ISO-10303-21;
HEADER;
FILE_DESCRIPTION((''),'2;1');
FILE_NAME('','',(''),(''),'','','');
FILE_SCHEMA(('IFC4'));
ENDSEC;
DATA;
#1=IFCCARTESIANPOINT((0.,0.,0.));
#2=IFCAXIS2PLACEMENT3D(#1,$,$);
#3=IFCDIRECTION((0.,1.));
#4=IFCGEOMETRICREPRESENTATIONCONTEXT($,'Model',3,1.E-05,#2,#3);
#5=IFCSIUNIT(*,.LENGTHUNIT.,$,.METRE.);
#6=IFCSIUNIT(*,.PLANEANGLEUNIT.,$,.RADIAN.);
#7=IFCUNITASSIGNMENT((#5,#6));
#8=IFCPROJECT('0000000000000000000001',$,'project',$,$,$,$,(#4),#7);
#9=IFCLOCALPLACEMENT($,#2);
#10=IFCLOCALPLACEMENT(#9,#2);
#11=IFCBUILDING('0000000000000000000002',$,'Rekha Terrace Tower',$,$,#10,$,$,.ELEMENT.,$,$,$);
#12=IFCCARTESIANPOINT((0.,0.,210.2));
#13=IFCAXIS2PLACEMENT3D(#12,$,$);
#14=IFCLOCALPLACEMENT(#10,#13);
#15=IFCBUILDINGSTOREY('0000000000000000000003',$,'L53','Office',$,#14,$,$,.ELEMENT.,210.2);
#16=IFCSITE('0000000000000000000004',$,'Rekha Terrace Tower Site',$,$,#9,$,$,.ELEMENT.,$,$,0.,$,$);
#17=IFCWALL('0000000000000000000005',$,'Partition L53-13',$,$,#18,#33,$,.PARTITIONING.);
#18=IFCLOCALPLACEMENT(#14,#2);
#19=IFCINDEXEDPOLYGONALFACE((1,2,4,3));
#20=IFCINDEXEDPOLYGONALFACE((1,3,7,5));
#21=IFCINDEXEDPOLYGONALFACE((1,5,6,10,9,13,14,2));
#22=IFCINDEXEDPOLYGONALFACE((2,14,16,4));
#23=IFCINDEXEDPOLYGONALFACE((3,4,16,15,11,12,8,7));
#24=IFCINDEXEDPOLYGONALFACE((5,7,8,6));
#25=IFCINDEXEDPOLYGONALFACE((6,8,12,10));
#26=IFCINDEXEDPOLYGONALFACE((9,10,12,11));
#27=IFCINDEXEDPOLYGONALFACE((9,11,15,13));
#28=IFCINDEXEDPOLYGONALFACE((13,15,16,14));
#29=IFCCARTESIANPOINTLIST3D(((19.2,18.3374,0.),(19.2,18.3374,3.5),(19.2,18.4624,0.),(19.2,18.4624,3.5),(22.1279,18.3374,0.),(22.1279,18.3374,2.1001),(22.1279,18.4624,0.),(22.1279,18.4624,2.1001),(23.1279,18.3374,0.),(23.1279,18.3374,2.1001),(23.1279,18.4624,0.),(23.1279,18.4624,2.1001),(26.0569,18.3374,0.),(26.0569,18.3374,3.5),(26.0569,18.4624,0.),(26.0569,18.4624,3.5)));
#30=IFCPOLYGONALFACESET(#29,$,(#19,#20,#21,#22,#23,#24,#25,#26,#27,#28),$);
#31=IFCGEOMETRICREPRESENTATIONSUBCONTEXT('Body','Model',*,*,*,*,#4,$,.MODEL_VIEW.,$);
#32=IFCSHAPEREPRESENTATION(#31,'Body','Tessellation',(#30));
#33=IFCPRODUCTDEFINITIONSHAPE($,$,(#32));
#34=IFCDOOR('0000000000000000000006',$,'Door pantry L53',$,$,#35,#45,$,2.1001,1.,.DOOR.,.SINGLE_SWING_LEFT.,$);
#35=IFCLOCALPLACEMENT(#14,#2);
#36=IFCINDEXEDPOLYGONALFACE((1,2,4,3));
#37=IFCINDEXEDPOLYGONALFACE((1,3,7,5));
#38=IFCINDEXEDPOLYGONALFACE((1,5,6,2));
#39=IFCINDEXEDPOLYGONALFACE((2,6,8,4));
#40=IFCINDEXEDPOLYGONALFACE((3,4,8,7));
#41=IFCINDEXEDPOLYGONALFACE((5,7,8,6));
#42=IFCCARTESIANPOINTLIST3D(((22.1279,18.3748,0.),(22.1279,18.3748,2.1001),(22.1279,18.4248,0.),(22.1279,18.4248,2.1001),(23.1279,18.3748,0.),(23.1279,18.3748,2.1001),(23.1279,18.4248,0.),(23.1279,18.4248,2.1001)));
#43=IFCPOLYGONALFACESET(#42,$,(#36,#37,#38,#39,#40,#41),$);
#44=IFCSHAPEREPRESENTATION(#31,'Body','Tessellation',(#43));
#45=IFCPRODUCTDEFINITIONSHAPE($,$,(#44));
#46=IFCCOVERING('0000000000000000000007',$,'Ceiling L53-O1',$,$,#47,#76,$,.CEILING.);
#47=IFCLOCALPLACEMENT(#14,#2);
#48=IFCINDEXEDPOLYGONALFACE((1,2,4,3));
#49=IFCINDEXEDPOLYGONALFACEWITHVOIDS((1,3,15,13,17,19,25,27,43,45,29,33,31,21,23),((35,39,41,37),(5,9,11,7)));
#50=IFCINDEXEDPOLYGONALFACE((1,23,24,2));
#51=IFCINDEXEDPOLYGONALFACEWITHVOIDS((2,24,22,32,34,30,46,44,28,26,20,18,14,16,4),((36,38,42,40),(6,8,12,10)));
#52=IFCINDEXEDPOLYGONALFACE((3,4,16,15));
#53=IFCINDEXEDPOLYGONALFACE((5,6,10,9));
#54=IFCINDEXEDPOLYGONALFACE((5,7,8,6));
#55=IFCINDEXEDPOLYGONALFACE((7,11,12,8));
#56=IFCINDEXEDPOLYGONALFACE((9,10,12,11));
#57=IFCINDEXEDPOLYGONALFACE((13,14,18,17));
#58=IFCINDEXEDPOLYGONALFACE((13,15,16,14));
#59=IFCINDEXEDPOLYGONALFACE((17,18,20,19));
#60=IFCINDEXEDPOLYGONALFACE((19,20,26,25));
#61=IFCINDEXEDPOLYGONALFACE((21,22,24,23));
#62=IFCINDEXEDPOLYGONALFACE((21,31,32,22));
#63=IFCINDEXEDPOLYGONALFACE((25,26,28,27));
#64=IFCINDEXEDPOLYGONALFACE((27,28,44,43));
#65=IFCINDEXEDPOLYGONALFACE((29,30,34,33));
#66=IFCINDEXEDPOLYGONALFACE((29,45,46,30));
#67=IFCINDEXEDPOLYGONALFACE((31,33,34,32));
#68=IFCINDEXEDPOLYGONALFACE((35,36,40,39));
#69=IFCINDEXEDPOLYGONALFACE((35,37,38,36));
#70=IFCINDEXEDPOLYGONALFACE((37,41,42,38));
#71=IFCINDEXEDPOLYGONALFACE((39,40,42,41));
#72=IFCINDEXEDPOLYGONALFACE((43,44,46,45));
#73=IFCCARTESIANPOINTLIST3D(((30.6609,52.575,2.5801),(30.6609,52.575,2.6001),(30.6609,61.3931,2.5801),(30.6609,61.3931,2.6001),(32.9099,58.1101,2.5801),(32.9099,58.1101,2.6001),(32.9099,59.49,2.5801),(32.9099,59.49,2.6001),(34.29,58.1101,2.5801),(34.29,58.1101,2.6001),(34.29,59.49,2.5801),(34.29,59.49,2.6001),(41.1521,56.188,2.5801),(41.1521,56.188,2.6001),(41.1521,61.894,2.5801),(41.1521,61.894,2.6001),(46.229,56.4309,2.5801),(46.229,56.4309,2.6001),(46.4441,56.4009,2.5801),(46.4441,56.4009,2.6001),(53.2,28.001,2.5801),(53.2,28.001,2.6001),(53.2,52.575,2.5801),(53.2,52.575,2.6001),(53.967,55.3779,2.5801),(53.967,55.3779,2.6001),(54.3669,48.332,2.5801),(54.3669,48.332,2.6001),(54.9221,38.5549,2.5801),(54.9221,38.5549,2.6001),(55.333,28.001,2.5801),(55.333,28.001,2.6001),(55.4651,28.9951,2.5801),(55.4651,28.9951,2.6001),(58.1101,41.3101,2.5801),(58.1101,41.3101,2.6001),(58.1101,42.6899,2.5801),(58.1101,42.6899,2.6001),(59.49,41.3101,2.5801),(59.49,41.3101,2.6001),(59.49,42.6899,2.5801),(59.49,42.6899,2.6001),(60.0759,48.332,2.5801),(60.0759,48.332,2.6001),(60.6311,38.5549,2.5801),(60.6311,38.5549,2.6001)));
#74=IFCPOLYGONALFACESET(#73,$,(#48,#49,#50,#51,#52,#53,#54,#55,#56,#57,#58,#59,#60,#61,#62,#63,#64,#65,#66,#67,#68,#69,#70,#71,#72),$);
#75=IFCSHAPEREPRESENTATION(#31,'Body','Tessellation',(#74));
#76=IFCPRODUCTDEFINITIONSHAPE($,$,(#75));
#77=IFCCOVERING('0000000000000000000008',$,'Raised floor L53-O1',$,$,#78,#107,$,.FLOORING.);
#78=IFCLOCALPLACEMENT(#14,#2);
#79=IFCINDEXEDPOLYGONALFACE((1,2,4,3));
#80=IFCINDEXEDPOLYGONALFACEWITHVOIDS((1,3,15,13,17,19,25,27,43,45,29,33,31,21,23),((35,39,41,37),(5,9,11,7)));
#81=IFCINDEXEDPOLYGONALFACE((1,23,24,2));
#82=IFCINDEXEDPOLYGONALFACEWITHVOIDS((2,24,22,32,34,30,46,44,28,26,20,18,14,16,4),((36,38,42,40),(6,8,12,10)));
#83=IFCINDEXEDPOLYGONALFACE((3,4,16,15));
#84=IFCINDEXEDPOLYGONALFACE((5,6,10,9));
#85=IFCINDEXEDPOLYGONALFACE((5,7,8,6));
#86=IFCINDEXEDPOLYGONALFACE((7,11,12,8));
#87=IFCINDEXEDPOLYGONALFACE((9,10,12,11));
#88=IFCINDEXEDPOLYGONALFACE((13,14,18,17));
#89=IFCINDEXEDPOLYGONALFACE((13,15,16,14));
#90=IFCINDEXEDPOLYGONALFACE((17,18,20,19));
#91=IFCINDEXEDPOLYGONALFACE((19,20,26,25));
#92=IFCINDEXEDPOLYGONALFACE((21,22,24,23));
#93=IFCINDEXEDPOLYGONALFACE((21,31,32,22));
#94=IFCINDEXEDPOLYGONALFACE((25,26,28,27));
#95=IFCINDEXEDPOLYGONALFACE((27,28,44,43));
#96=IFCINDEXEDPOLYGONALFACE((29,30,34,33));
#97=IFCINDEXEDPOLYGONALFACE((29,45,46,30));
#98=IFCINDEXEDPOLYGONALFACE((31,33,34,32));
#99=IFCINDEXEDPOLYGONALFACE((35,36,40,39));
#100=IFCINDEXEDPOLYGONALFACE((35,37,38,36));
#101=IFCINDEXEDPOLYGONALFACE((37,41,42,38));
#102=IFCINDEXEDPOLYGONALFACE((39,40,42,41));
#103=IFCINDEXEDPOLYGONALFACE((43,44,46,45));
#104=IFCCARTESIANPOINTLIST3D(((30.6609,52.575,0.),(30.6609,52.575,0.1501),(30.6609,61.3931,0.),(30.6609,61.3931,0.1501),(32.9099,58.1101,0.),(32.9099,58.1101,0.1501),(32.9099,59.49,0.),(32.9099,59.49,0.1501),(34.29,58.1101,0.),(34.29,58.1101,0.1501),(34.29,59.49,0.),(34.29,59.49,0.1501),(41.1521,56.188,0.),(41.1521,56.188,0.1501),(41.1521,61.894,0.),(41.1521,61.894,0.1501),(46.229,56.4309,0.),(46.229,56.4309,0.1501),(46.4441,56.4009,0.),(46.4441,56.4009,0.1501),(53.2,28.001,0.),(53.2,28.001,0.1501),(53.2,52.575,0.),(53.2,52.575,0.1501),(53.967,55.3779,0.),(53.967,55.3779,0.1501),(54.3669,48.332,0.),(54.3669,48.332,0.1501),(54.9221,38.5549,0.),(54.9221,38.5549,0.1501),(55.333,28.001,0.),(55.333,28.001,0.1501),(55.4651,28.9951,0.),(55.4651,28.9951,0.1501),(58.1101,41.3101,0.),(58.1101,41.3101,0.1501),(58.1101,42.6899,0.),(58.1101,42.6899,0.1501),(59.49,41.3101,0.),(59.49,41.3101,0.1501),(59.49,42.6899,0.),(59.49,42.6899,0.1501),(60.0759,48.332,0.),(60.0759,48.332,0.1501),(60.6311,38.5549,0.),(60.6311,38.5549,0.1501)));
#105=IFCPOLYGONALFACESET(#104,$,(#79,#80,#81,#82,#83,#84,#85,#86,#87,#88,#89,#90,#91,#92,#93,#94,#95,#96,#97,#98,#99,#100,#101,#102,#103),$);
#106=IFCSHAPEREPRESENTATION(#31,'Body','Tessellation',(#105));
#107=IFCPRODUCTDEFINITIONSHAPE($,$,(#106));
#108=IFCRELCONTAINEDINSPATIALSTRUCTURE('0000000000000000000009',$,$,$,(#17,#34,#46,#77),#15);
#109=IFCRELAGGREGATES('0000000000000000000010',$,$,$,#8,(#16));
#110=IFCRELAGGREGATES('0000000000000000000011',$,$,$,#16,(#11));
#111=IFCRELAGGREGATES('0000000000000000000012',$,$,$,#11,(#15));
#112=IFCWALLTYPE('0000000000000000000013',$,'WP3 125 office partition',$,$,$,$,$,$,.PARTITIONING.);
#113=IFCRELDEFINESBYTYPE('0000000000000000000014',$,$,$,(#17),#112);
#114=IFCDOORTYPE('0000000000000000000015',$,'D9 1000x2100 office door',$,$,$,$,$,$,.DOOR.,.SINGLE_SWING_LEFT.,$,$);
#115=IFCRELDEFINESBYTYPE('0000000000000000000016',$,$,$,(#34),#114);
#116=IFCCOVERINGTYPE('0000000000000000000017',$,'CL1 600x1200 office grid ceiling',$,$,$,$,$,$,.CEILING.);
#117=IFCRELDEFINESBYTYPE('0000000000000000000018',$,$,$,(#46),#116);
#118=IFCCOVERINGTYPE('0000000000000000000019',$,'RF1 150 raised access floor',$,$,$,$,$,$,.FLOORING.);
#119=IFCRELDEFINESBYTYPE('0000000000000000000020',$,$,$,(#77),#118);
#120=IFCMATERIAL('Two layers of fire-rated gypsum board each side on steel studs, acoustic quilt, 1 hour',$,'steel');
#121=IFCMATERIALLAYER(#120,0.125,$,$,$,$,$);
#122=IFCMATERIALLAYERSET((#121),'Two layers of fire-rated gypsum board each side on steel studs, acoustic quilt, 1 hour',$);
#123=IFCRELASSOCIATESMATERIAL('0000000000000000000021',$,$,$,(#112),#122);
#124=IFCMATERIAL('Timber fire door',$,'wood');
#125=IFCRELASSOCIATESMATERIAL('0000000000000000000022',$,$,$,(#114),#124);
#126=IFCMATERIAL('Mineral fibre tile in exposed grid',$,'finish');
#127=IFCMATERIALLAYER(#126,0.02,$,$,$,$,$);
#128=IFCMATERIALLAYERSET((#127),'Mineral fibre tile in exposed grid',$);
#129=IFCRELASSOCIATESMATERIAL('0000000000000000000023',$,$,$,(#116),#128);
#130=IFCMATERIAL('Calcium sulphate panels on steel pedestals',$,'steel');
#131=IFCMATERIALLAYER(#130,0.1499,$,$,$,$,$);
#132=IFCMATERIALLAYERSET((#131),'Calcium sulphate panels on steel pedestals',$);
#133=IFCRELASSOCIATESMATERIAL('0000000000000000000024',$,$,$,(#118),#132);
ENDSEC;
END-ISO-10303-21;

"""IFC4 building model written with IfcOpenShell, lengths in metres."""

from ifc_helpers import new_model, si_unit, direction, frame, frame_2d, origin, place, context, subcontext, project, spatial, polyline, rectangle, outline, extrude, material, layer, layer_set, type_object, element, fill, save


model = new_model("IFC4")

# Units and contexts
model_context = context("Model", 3, precision=1e-05, world=origin(), true_north=direction((0.0, 1.0)))
body_context = subcontext(model_context, "Body", "Model", "MODEL_VIEW")
ifc_project = project(units=[si_unit("LENGTHUNIT", "METRE"), si_unit("PLANEANGLEUNIT", "RADIAN")], contexts=[model_context])

# Site, building, storey
site_placement = place(None, origin())
site = spatial("IfcSite", under=ifc_project, at=site_placement, Name="Rekha Terrace Tower Site", CompositionType="ELEMENT", RefElevation=0.0)
building_placement = place(site_placement, origin())
building = spatial("IfcBuilding", under=site, at=building_placement, Name="Rekha Terrace Tower", CompositionType="ELEMENT")
storey_placement = place(building_placement, frame((0.0, 0.0, 210.2)))
storey = spatial("IfcBuildingStorey", under=building, at=storey_placement, Name="L53", Description="Office", CompositionType="ELEMENT", Elevation=210.2)

# Wall, opening, door
ifc_material_1 = material(Name="Two layers of fire-rated gypsum board each side on steel studs, acoustic quilt, 1 hour", Category="steel")
ifc_layer_1 = layer(ifc_material_1, 0.125)
ifc_layer_set_1 = layer_set([ifc_layer_1], Name="Two layers of fire-rated gypsum board each side on steel studs, acoustic quilt, 1 hour")
wall_type = type_object("IfcWallType", Name="WP3 125 office partition", PredefinedType="PARTITIONING", material=ifc_layer_set_1)
wall_placement = place(storey_placement, frame((19.2, 18.3999, 0.0), z_axis=(0.0, 0.0, 1.0), x_axis=(1.0, 0.0, 0.0)))
wall = element("IfcWall", 1, at=wall_placement, inside=storey, type_object=wall_type, Name="Partition L53-13", PredefinedType="PARTITIONING", context=body_context, shape_type="SweptSolid", body=[
    extrude(rectangle(XDim=6.8569, YDim=0.125, at=frame_2d((3.4285, 0.0))), origin(), (0.0, 0.0, 1.0), 3.5),
])
opening_placement = place(wall_placement, frame((2.928, 0.0, 0.0)))
opening = element("IfcOpeningElement", 2, at=opening_placement, cuts=wall, PredefinedType="OPENING", context=body_context, shape_type="SweptSolid", body=[
    extrude(rectangle(XDim=1.0, YDim=2.1001, at=frame_2d((0.5, 1.05))), frame((0.0, 0.0725, 0.0), z_axis=(0.0, -1.0, 0.0), x_axis=(1.0, 0.0, 0.0)), (0.0, 0.0, 1.0), 0.145),
])
ifc_material_2 = material(Name="Timber fire door", Category="wood")
door_type = type_object("IfcDoorType", Name="D9 1000x2100 office door", OperationType="SINGLE_SWING_LEFT", PredefinedType="DOOR", material=ifc_material_2)
door_placement = place(opening_placement, origin())
door = element("IfcDoor", 3, at=door_placement, inside=storey, type_object=door_type, Name="Door pantry L53", OperationType="SINGLE_SWING_LEFT", OverallHeight=2.1001, OverallWidth=1.0, PredefinedType="DOOR", context=body_context, shape_type="SweptSolid", body=[
    extrude(rectangle(XDim=1.0, YDim=2.1001, at=frame_2d((0.5, 1.05))), frame((0.0, 0.0249, 0.0), z_axis=(0.0, -1.0, 0.0), x_axis=(1.0, 0.0, 0.0)), (0.0, 0.0, 1.0), 0.05),
])
fill(opening, door)

# Coverings
ifc_material_3 = material(Name="Mineral fibre tile in exposed grid", Category="finish")
ifc_layer_2 = layer(ifc_material_3, 0.02)
ifc_layer_set_2 = layer_set([ifc_layer_2], Name="Mineral fibre tile in exposed grid")
covering_type_1 = type_object("IfcCoveringType", Name="CL1 600x1200 office grid ceiling", PredefinedType="CEILING", material=ifc_layer_set_2)
covering_1_placement = place(storey_placement, frame((0.0, 0.0, 2.5801)))
element("IfcCovering", 4, at=covering_1_placement, inside=storey, type_object=covering_type_1, Name="Ceiling L53-O1", PredefinedType="CEILING", context=body_context, shape_type="SweptSolid", body=[
    extrude(outline(polyline([(46.229, 56.4309), (41.1521, 56.188), (41.1521, 61.894), (30.6609, 61.3931), (30.6609, 52.575), (53.2, 52.575), (53.2, 28.001), (55.333, 28.001), (55.4651, 28.9951), (54.9221, 38.5549), (60.6311, 38.5549), (60.0759, 48.332), (54.3669, 48.332), (53.967, 55.3779), (46.4441, 56.4009), (46.229, 56.4309)]), holes=[polyline([(59.49, 41.3101), (58.1101, 41.3101), (58.1101, 42.6899), (59.49, 42.6899), (59.49, 41.3101)]), polyline([(34.29, 58.1101), (32.9099, 58.1101), (32.9099, 59.49), (34.29, 59.49), (34.29, 58.1101)])]), origin(), (0.0, 0.0, 1.0), 0.02),
])
ifc_material_4 = material(Name="Calcium sulphate panels on steel pedestals", Category="steel")
ifc_layer_3 = layer(ifc_material_4, 0.1499)
ifc_layer_set_3 = layer_set([ifc_layer_3], Name="Calcium sulphate panels on steel pedestals")
covering_type_2 = type_object("IfcCoveringType", Name="RF1 150 raised access floor", PredefinedType="FLOORING", material=ifc_layer_set_3)
covering_2_placement = place(storey_placement, origin())
element("IfcCovering", 5, at=covering_2_placement, inside=storey, type_object=covering_type_2, Name="Raised floor L53-O1", PredefinedType="FLOORING", context=body_context, shape_type="SweptSolid", body=[
    extrude(outline(polyline([(46.229, 56.4309), (41.1521, 56.188), (41.1521, 61.894), (30.6609, 61.3931), (30.6609, 52.575), (53.2, 52.575), (53.2, 28.001), (55.333, 28.001), (55.4651, 28.9951), (54.9221, 38.5549), (60.6311, 38.5549), (60.0759, 48.332), (54.3669, 48.332), (53.967, 55.3779), (46.4441, 56.4009), (46.229, 56.4309)]), holes=[polyline([(59.49, 41.3101), (58.1101, 41.3101), (58.1101, 42.6899), (59.49, 42.6899), (59.49, 41.3101)]), polyline([(34.29, 58.1101), (32.9099, 58.1101), (32.9099, 59.49), (34.29, 59.49), (34.29, 58.1101)])]), origin(), (0.0, 0.0, 1.0), 0.1501),
])

save(model, "model.ifc")
